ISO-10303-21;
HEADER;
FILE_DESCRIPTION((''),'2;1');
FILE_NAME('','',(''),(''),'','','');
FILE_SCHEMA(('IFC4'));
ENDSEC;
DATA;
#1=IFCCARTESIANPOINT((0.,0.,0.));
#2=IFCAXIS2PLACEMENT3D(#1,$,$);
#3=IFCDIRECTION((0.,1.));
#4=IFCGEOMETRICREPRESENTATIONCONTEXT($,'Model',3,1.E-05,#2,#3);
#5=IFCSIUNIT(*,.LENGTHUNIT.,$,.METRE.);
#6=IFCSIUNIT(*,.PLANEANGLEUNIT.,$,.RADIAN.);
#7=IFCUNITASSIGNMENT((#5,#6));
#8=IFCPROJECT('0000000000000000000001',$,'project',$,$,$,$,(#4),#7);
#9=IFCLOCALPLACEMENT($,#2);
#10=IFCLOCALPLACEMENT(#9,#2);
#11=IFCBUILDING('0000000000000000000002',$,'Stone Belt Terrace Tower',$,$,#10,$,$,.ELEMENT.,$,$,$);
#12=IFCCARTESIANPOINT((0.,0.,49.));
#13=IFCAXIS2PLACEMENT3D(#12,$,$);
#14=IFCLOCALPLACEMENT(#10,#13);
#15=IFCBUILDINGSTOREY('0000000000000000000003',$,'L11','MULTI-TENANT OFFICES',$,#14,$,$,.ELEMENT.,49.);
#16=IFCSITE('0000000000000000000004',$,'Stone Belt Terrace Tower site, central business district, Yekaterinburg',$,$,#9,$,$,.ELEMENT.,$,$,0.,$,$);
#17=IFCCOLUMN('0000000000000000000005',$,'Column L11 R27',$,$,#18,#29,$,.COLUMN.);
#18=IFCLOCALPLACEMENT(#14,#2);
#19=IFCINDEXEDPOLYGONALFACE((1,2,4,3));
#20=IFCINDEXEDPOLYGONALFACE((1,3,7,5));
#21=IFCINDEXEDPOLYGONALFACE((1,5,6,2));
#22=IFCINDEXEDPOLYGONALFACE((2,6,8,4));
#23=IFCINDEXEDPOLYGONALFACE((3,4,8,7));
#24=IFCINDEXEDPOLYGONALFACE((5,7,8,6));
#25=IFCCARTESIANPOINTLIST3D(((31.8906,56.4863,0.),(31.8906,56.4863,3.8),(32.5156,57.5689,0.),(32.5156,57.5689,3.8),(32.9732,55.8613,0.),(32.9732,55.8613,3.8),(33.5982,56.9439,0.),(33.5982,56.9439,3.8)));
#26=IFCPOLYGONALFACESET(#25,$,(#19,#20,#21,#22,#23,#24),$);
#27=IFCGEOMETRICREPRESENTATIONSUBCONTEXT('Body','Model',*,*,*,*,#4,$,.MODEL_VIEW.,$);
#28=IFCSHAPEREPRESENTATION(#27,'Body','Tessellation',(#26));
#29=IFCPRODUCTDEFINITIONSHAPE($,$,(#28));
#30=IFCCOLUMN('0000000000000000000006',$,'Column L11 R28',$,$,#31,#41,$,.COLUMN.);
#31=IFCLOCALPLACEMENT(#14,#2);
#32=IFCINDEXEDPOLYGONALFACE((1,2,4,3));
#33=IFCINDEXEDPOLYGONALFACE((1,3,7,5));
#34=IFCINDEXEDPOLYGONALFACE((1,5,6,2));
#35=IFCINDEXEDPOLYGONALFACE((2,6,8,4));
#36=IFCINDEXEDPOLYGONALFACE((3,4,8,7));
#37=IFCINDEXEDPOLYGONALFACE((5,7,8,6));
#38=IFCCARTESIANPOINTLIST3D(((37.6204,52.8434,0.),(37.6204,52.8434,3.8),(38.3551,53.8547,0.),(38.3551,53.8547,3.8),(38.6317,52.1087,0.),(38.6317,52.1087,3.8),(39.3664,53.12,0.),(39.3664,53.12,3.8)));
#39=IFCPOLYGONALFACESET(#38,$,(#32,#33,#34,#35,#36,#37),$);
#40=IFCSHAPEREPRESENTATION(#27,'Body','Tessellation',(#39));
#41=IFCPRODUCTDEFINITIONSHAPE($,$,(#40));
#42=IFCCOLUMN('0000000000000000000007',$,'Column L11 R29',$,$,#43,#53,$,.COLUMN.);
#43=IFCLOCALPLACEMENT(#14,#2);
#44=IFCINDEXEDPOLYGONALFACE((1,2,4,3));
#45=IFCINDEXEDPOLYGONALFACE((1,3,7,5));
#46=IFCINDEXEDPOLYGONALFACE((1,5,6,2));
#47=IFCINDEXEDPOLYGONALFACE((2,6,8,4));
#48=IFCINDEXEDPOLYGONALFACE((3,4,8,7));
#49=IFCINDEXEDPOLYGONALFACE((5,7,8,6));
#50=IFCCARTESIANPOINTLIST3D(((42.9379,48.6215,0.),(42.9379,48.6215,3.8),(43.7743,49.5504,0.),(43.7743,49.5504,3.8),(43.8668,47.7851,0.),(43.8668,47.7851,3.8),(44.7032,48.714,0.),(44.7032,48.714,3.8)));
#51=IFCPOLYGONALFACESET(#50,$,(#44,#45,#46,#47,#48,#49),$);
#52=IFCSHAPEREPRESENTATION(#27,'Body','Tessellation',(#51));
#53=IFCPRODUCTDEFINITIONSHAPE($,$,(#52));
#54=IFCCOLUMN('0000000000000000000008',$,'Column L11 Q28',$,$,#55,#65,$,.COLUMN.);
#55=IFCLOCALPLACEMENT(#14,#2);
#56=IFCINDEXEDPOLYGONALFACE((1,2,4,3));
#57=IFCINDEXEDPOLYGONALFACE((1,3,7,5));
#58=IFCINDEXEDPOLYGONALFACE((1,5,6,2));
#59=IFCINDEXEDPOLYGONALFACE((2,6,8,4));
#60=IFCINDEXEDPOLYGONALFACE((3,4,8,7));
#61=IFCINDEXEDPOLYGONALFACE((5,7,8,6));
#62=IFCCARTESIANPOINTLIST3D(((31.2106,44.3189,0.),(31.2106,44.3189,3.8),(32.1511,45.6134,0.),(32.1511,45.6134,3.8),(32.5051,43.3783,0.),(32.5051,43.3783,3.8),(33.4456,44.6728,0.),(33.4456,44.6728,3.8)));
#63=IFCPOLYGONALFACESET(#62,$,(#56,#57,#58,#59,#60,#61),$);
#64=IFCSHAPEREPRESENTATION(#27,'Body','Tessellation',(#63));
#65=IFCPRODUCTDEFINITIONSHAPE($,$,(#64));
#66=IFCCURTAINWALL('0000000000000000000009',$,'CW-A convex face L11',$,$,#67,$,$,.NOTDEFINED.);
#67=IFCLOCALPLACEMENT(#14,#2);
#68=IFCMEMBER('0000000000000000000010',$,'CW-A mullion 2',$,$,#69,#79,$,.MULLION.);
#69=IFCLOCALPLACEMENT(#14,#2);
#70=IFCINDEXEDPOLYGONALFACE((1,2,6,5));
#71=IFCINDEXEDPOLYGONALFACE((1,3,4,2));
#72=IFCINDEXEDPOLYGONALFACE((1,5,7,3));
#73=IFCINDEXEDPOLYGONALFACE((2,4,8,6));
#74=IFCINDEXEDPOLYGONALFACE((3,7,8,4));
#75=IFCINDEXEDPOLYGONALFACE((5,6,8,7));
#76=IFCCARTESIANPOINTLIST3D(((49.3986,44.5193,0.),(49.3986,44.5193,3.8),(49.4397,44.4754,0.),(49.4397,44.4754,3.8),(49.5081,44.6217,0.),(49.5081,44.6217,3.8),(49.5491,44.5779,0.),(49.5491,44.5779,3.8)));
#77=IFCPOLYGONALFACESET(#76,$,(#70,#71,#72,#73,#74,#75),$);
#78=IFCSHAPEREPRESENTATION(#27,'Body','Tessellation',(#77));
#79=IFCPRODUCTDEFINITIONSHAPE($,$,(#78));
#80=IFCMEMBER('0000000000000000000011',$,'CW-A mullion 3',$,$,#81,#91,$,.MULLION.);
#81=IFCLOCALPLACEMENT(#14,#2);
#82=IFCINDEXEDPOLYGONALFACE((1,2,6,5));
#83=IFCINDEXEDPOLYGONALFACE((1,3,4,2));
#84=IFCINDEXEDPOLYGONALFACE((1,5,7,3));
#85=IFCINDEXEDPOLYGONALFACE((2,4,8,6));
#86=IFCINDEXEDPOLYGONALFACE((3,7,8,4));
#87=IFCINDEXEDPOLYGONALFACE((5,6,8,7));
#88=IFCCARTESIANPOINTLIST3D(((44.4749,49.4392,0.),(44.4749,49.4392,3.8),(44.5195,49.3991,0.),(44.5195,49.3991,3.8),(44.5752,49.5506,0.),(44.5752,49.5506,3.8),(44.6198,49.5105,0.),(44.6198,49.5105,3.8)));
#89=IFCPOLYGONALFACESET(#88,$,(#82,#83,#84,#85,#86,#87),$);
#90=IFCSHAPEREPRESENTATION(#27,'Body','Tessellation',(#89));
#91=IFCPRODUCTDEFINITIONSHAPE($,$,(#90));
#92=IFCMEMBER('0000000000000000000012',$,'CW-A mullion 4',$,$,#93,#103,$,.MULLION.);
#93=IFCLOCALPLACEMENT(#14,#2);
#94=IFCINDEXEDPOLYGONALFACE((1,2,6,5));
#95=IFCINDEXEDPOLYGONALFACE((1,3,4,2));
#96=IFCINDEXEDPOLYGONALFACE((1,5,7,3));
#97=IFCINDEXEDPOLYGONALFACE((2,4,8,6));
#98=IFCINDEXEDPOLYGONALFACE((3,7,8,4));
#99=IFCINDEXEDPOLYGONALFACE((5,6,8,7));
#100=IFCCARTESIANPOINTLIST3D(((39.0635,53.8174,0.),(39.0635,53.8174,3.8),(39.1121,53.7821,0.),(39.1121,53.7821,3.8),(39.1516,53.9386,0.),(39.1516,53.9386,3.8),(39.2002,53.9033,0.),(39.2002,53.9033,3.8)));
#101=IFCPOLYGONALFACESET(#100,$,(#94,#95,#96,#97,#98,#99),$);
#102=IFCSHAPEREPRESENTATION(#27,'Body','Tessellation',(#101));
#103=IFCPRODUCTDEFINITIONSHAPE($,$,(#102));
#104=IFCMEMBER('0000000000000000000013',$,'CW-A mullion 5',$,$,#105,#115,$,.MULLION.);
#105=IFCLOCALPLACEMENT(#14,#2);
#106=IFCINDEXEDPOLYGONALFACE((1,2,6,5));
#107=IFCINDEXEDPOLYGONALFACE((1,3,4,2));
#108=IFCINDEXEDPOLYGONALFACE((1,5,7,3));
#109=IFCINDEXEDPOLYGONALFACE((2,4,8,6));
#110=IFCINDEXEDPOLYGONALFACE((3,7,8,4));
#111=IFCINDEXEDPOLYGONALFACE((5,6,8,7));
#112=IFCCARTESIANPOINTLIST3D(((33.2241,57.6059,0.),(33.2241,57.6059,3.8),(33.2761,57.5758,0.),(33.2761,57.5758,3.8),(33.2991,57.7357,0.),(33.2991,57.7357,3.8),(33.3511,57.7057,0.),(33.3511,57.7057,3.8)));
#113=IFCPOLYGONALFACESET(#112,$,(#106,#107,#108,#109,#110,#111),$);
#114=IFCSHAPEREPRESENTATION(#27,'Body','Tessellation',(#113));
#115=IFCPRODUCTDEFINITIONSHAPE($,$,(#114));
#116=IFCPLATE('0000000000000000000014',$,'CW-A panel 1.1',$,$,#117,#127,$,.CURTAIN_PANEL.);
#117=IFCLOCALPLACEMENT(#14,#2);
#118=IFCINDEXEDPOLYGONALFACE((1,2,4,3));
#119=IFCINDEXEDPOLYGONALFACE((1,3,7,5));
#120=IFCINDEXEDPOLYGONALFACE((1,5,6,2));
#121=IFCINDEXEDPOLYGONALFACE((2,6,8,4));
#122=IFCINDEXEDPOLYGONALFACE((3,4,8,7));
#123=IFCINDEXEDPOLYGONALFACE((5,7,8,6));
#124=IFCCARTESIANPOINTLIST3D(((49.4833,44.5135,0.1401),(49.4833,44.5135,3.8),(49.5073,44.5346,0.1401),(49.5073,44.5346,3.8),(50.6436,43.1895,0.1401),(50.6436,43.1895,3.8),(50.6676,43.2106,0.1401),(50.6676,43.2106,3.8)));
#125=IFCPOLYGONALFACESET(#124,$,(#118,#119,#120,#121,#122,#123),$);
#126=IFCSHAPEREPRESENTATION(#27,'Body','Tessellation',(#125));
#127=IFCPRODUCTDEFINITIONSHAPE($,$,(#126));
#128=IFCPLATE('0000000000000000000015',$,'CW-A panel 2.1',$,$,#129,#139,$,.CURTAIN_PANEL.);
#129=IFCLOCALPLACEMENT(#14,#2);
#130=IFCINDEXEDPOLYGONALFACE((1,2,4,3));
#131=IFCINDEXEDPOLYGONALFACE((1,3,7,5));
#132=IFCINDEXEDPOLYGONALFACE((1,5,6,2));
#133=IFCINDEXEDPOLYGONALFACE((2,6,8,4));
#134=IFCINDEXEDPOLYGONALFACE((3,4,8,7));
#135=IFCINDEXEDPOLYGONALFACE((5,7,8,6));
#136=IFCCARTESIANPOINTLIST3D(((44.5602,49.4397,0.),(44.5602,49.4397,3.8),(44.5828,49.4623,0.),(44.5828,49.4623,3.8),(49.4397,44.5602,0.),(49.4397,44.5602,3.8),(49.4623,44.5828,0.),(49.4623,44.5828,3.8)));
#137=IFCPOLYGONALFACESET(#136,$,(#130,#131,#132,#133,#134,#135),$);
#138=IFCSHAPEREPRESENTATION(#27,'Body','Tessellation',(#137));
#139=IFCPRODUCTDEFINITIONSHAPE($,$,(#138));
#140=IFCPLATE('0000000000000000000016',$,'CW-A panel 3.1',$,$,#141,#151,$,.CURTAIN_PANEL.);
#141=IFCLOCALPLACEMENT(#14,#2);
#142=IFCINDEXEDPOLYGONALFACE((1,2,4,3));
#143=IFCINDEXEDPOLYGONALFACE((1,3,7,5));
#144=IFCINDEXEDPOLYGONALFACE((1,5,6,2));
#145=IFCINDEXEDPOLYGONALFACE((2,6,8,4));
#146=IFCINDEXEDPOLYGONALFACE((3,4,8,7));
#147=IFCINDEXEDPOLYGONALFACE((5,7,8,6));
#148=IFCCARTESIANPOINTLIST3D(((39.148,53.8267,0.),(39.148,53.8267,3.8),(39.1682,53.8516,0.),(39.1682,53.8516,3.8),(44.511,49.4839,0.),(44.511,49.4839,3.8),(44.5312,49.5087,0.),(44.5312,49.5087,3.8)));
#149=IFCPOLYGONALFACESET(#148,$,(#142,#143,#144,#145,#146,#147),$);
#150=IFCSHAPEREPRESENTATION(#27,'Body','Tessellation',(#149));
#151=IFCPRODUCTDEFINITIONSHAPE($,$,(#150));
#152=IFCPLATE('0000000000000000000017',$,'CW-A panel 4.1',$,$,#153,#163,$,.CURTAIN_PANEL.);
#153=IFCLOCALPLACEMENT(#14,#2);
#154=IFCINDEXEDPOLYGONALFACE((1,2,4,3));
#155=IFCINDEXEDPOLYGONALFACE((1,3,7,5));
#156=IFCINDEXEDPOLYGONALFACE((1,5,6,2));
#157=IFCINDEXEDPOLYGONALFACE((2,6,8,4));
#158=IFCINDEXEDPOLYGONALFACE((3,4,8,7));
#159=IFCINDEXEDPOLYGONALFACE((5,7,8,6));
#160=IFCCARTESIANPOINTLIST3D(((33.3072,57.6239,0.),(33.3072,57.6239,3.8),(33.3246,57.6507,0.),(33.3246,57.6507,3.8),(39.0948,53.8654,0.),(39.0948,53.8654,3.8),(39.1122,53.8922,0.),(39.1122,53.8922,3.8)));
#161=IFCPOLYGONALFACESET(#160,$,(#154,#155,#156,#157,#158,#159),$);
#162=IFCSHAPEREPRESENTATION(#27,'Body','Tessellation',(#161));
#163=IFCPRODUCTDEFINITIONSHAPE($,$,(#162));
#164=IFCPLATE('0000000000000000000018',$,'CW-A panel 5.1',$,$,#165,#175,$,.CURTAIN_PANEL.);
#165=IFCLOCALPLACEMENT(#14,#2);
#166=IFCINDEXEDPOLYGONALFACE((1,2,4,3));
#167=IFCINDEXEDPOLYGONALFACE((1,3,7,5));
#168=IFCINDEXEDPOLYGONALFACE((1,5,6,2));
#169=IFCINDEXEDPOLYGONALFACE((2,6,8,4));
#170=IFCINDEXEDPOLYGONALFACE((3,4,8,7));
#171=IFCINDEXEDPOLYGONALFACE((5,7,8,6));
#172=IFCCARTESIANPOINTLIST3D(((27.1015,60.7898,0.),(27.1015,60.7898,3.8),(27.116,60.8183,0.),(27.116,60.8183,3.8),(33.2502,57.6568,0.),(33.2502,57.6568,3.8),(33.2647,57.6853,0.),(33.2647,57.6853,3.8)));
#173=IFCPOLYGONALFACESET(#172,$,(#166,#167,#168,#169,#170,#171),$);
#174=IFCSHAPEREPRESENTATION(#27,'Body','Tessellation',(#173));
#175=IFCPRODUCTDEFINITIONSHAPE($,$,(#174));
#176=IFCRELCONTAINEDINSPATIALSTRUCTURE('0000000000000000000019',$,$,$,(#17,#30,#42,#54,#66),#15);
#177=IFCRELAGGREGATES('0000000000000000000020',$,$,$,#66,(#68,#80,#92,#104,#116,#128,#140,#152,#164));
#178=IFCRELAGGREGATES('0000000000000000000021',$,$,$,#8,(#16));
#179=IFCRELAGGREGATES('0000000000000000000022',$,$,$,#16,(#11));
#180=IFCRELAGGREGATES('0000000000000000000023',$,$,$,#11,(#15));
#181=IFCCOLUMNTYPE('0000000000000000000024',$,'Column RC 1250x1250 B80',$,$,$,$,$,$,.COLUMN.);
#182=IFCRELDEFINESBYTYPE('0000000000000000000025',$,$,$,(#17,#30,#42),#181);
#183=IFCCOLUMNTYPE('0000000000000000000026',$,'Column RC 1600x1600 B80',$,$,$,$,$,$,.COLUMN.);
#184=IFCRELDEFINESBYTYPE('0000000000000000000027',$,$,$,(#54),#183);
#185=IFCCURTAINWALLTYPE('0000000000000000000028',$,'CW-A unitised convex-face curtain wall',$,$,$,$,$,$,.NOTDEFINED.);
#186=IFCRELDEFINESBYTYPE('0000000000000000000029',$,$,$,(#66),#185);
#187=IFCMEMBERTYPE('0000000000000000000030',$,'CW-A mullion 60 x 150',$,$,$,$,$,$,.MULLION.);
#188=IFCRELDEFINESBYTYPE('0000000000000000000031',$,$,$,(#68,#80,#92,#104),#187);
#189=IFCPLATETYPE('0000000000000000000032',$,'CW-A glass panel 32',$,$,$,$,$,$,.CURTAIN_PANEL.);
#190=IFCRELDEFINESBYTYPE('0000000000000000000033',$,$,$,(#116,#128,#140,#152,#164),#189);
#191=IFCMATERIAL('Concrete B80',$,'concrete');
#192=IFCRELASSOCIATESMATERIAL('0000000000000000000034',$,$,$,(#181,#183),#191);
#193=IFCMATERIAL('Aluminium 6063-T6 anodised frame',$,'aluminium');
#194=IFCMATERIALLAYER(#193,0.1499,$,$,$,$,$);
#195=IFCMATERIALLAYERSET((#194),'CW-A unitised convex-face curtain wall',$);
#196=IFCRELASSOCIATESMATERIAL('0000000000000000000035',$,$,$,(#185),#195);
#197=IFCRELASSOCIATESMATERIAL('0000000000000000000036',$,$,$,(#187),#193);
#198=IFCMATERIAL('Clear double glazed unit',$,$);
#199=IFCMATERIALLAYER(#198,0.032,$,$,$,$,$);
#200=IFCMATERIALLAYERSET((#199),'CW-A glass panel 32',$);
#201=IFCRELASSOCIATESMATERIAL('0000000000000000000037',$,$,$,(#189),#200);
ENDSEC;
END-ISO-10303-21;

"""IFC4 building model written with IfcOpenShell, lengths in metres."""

from ifc_helpers import new_model, si_unit, direction, frame, origin, origin_2d, place, context, subcontext, project, spatial, rectangle, extrude, material, layer, layer_set, material_profile, profile_set, type_object, element, aggregate, save


model = new_model("IFC4")

# Units and contexts
model_context = context("Model", 3, precision=1e-05, world=origin(), true_north=direction((0.0, 1.0)))
body_context = subcontext(model_context, "Body", "Model", "MODEL_VIEW")
ifc_project = project(units=[si_unit("LENGTHUNIT", "METRE"), si_unit("PLANEANGLEUNIT", "RADIAN")], contexts=[model_context])

# Site, building, storey
site_placement = place(None, origin())
site = spatial("IfcSite", under=ifc_project, at=site_placement, Name="Stone Belt Terrace Tower site, central business district, Yekaterinburg", CompositionType="ELEMENT", RefElevation=0.0)
building_placement = place(site_placement, origin())
building = spatial("IfcBuilding", under=site, at=building_placement, Name="Stone Belt Terrace Tower", CompositionType="ELEMENT")
storey_placement = place(building_placement, frame((0.0, 0.0, 49.0)))
storey = spatial("IfcBuildingStorey", under=building, at=storey_placement, Name="L11", Description="MULTI-TENANT OFFICES", CompositionType="ELEMENT", Elevation=49.0)

# Columns
ifc_material_1 = material(Name="Concrete B80", Category="concrete")
ifc_material_profile_1 = material_profile(ifc_material_1, rectangle(XDim=1.25, YDim=1.25, at=origin_2d()), Name="RC 1250x1250")
ifc_profile_set_1 = profile_set([ifc_material_profile_1], Name="Concrete B80")
column_type_1 = type_object("IfcColumnType", Name="Column RC 1250x1250 B80", PredefinedType="COLUMN", material=ifc_profile_set_1)
for number, where, z_axis, x_axis, name in (
    (1, (32.7444, 56.7151, 0.0), (0.0, 0.0, 1.0), (0.866025, -0.5, 0.0), "Column L11 R27"),
    (2, (38.4934, 52.9817, 0.0), (0.0, 0.0, 1.0), (0.809017, -0.587785, 0.0), "Column L11 R28"),
    (3, (43.8206, 48.6677, 0.0), (0.0, 0.0, 1.0), (0.743145, -0.669131, 0.0), "Column L11 R29"),
):
    element("IfcColumn", number, at=place(storey_placement, frame(where, z_axis=z_axis, x_axis=x_axis)), inside=storey, type_object=column_type_1, Name=name, PredefinedType="COLUMN", context=body_context, shape_type="SweptSolid", body=[
        extrude(rectangle(XDim=1.25, YDim=1.25, at=origin_2d()), origin(), (0.0, 0.0, 1.0), 3.8),
    ])
ifc_material_profile_2 = material_profile(ifc_material_1, rectangle(XDim=1.6001, YDim=1.6001, at=origin_2d()), Name="RC 1600x1600")
ifc_profile_set_2 = profile_set([ifc_material_profile_2], Name="Concrete B80")
column_type_2 = type_object("IfcColumnType", Name="Column RC 1600x1600 B80", PredefinedType="COLUMN", material=ifc_profile_set_2)
column_placement = place(storey_placement, frame((32.3281, 44.4958, 0.0), z_axis=(0.0, 0.0, 1.0), x_axis=(0.809017, -0.587785, 0.0)))
element("IfcColumn", 4, at=column_placement, inside=storey, type_object=column_type_2, Name="Column L11 Q28", PredefinedType="COLUMN", context=body_context, shape_type="SweptSolid", body=[
    extrude(rectangle(XDim=1.6001, YDim=1.6001, at=origin_2d()), origin(), (0.0, 0.0, 1.0), 3.8),
])

# Curtain wall, members, plates
ifc_material_2 = material(Name="Aluminium 6063-T6 anodised frame", Category="aluminium")
ifc_layer_1 = layer(ifc_material_2, 0.1499)
ifc_layer_set_1 = layer_set([ifc_layer_1], Name="CW-A unitised convex-face curtain wall")
curtain_wall_type = type_object("IfcCurtainWallType", Name="CW-A unitised convex-face curtain wall", PredefinedType="NOTDEFINED", material=ifc_layer_set_1)
curtain_wall_placement = place(storey_placement, origin())
curtain_wall = element("IfcCurtainWall", 5, at=curtain_wall_placement, inside=storey, type_object=curtain_wall_type, Name="CW-A convex face L11", PredefinedType="NOTDEFINED")
ifc_material_profile_3 = material_profile(ifc_material_2, rectangle(XDim=0.1499, YDim=0.0601, at=origin_2d()), Name="Aluminium 6063-T6 60x150")
ifc_profile_set_3 = profile_set([ifc_material_profile_3], Name="Aluminium 6063-T6 anodised frame")
member_type = type_object("IfcMemberType", Name="CW-A mullion 60 x 150", PredefinedType="MULLION", material=ifc_profile_set_3)
member_1_placement = place(storey_placement, frame((49.4739, 44.5486, 0.0), z_axis=(0.0, 0.0, 1.0), x_axis=(-0.729988, -0.68346, 0.0)))
member_1 = element("IfcMember", 6, at=member_1_placement, type_object=member_type, Name="CW-A mullion 2", PredefinedType="MULLION", context=body_context, shape_type="SweptSolid", body=[
    extrude(rectangle(XDim=0.1499, YDim=0.0601, at=origin_2d()), origin(), (0.0, 0.0, 1.0), 3.8),
])
member_2_placement = place(storey_placement, frame((44.5474, 49.4749, 0.0), z_axis=(0.0, 0.0, 1.0), x_axis=(-0.669131, -0.743145, 0.0)))
member_2 = element("IfcMember", 7, at=member_2_placement, type_object=member_type, Name="CW-A mullion 3", PredefinedType="MULLION", context=body_context, shape_type="SweptSolid", body=[
    extrude(rectangle(XDim=0.1499, YDim=0.0601, at=origin_2d()), origin(), (0.0, 0.0, 1.0), 3.8),
])
member_3_placement = place(storey_placement, frame((39.1318, 53.8604, 0.0), z_axis=(0.0, 0.0, 1.0), x_axis=(-0.587785, -0.809017, 0.0)))
member_3 = element("IfcMember", 8, at=member_3_placement, type_object=member_type, Name="CW-A mullion 4", PredefinedType="MULLION", context=body_context, shape_type="SweptSolid", body=[
    extrude(rectangle(XDim=0.1499, YDim=0.0601, at=origin_2d()), origin(), (0.0, 0.0, 1.0), 3.8),
])
member_4_placement = place(storey_placement, frame((33.2876, 57.6558, 0.0), z_axis=(0.0, 0.0, 1.0), x_axis=(-0.5, -0.866025, 0.0)))
member_4 = element("IfcMember", 9, at=member_4_placement, type_object=member_type, Name="CW-A mullion 5", PredefinedType="MULLION", context=body_context, shape_type="SweptSolid", body=[
    extrude(rectangle(XDim=0.1499, YDim=0.0601, at=origin_2d()), origin(), (0.0, 0.0, 1.0), 3.8),
])
ifc_material_3 = material(Name="Clear double glazed unit")
ifc_layer_2 = layer(ifc_material_3, 0.032)
ifc_layer_set_2 = layer_set([ifc_layer_2], Name="CW-A glass panel 32")
plate_type = type_object("IfcPlateType", Name="CW-A glass panel 32", PredefinedType="CURTAIN_PANEL", material=ifc_layer_set_2)
plate_1_placement = place(storey_placement, frame((50.0754, 43.8621, 0.1401), z_axis=(0.0, 0.0, 1.0), x_axis=(-0.659074, 0.752078, 0.0)))
plate_1 = element("IfcPlate", 10, at=plate_1_placement, type_object=plate_type, Name="CW-A panel 1.1", PredefinedType="CURTAIN_PANEL", context=body_context, shape_type="SweptSolid", body=[
    extrude(rectangle(XDim=1.7605, YDim=0.032, at=origin_2d()), origin(), (0.0, 0.0, 1.0), 3.6599),
])
plate_2_placement = place(storey_placement, frame((47.0112, 47.0112, 0.0), z_axis=(0.0, 0.0, 1.0), x_axis=(-0.707107, 0.707107, 0.0)))
plate_2 = element("IfcPlate", 11, at=plate_2_placement, type_object=plate_type, Name="CW-A panel 2.1", PredefinedType="CURTAIN_PANEL", context=body_context, shape_type="SweptSolid", body=[
    extrude(rectangle(XDim=6.9006, YDim=0.032, at=origin_2d()), origin(), (0.0, 0.0, 1.0), 3.8),
])
plate_3_placement = place(storey_placement, frame((41.8396, 51.6677, 0.0), z_axis=(0.0, 0.0, 1.0), x_axis=(-0.777146, 0.62932, 0.0)))
plate_3 = element("IfcPlate", 12, at=plate_3_placement, type_object=plate_type, Name="CW-A panel 3.1", PredefinedType="CURTAIN_PANEL", context=body_context, shape_type="SweptSolid", body=[
    extrude(rectangle(XDim=6.9009, YDim=0.032, at=origin_2d()), origin(), (0.0, 0.0, 1.0), 3.8),
])
plate_4_placement = place(storey_placement, frame((36.2097, 55.7581, 0.0), z_axis=(0.0, 0.0, 1.0), x_axis=(-0.838671, 0.544639, 0.0)))
plate_4 = element("IfcPlate", 13, at=plate_4_placement, type_object=plate_type, Name="CW-A panel 4.1", PredefinedType="CURTAIN_PANEL", context=body_context, shape_type="SweptSolid", body=[
    extrude(rectangle(XDim=6.9009, YDim=0.032, at=origin_2d()), origin(), (0.0, 0.0, 1.0), 3.8),
])
plate_5_placement = place(storey_placement, frame((30.1831, 59.2375, 0.0), z_axis=(0.0, 0.0, 1.0), x_axis=(-0.891007, 0.45399, 0.0)))
plate_5 = element("IfcPlate", 14, at=plate_5_placement, type_object=plate_type, Name="CW-A panel 5.1", PredefinedType="CURTAIN_PANEL", context=body_context, shape_type="SweptSolid", body=[
    extrude(rectangle(XDim=6.9009, YDim=0.032, at=origin_2d()), origin(), (0.0, 0.0, 1.0), 3.8),
])
aggregate(curtain_wall, [member_1, member_2, member_3, member_4, plate_1, plate_2, plate_3, plate_4, plate_5])

save(model, "model.ifc")
